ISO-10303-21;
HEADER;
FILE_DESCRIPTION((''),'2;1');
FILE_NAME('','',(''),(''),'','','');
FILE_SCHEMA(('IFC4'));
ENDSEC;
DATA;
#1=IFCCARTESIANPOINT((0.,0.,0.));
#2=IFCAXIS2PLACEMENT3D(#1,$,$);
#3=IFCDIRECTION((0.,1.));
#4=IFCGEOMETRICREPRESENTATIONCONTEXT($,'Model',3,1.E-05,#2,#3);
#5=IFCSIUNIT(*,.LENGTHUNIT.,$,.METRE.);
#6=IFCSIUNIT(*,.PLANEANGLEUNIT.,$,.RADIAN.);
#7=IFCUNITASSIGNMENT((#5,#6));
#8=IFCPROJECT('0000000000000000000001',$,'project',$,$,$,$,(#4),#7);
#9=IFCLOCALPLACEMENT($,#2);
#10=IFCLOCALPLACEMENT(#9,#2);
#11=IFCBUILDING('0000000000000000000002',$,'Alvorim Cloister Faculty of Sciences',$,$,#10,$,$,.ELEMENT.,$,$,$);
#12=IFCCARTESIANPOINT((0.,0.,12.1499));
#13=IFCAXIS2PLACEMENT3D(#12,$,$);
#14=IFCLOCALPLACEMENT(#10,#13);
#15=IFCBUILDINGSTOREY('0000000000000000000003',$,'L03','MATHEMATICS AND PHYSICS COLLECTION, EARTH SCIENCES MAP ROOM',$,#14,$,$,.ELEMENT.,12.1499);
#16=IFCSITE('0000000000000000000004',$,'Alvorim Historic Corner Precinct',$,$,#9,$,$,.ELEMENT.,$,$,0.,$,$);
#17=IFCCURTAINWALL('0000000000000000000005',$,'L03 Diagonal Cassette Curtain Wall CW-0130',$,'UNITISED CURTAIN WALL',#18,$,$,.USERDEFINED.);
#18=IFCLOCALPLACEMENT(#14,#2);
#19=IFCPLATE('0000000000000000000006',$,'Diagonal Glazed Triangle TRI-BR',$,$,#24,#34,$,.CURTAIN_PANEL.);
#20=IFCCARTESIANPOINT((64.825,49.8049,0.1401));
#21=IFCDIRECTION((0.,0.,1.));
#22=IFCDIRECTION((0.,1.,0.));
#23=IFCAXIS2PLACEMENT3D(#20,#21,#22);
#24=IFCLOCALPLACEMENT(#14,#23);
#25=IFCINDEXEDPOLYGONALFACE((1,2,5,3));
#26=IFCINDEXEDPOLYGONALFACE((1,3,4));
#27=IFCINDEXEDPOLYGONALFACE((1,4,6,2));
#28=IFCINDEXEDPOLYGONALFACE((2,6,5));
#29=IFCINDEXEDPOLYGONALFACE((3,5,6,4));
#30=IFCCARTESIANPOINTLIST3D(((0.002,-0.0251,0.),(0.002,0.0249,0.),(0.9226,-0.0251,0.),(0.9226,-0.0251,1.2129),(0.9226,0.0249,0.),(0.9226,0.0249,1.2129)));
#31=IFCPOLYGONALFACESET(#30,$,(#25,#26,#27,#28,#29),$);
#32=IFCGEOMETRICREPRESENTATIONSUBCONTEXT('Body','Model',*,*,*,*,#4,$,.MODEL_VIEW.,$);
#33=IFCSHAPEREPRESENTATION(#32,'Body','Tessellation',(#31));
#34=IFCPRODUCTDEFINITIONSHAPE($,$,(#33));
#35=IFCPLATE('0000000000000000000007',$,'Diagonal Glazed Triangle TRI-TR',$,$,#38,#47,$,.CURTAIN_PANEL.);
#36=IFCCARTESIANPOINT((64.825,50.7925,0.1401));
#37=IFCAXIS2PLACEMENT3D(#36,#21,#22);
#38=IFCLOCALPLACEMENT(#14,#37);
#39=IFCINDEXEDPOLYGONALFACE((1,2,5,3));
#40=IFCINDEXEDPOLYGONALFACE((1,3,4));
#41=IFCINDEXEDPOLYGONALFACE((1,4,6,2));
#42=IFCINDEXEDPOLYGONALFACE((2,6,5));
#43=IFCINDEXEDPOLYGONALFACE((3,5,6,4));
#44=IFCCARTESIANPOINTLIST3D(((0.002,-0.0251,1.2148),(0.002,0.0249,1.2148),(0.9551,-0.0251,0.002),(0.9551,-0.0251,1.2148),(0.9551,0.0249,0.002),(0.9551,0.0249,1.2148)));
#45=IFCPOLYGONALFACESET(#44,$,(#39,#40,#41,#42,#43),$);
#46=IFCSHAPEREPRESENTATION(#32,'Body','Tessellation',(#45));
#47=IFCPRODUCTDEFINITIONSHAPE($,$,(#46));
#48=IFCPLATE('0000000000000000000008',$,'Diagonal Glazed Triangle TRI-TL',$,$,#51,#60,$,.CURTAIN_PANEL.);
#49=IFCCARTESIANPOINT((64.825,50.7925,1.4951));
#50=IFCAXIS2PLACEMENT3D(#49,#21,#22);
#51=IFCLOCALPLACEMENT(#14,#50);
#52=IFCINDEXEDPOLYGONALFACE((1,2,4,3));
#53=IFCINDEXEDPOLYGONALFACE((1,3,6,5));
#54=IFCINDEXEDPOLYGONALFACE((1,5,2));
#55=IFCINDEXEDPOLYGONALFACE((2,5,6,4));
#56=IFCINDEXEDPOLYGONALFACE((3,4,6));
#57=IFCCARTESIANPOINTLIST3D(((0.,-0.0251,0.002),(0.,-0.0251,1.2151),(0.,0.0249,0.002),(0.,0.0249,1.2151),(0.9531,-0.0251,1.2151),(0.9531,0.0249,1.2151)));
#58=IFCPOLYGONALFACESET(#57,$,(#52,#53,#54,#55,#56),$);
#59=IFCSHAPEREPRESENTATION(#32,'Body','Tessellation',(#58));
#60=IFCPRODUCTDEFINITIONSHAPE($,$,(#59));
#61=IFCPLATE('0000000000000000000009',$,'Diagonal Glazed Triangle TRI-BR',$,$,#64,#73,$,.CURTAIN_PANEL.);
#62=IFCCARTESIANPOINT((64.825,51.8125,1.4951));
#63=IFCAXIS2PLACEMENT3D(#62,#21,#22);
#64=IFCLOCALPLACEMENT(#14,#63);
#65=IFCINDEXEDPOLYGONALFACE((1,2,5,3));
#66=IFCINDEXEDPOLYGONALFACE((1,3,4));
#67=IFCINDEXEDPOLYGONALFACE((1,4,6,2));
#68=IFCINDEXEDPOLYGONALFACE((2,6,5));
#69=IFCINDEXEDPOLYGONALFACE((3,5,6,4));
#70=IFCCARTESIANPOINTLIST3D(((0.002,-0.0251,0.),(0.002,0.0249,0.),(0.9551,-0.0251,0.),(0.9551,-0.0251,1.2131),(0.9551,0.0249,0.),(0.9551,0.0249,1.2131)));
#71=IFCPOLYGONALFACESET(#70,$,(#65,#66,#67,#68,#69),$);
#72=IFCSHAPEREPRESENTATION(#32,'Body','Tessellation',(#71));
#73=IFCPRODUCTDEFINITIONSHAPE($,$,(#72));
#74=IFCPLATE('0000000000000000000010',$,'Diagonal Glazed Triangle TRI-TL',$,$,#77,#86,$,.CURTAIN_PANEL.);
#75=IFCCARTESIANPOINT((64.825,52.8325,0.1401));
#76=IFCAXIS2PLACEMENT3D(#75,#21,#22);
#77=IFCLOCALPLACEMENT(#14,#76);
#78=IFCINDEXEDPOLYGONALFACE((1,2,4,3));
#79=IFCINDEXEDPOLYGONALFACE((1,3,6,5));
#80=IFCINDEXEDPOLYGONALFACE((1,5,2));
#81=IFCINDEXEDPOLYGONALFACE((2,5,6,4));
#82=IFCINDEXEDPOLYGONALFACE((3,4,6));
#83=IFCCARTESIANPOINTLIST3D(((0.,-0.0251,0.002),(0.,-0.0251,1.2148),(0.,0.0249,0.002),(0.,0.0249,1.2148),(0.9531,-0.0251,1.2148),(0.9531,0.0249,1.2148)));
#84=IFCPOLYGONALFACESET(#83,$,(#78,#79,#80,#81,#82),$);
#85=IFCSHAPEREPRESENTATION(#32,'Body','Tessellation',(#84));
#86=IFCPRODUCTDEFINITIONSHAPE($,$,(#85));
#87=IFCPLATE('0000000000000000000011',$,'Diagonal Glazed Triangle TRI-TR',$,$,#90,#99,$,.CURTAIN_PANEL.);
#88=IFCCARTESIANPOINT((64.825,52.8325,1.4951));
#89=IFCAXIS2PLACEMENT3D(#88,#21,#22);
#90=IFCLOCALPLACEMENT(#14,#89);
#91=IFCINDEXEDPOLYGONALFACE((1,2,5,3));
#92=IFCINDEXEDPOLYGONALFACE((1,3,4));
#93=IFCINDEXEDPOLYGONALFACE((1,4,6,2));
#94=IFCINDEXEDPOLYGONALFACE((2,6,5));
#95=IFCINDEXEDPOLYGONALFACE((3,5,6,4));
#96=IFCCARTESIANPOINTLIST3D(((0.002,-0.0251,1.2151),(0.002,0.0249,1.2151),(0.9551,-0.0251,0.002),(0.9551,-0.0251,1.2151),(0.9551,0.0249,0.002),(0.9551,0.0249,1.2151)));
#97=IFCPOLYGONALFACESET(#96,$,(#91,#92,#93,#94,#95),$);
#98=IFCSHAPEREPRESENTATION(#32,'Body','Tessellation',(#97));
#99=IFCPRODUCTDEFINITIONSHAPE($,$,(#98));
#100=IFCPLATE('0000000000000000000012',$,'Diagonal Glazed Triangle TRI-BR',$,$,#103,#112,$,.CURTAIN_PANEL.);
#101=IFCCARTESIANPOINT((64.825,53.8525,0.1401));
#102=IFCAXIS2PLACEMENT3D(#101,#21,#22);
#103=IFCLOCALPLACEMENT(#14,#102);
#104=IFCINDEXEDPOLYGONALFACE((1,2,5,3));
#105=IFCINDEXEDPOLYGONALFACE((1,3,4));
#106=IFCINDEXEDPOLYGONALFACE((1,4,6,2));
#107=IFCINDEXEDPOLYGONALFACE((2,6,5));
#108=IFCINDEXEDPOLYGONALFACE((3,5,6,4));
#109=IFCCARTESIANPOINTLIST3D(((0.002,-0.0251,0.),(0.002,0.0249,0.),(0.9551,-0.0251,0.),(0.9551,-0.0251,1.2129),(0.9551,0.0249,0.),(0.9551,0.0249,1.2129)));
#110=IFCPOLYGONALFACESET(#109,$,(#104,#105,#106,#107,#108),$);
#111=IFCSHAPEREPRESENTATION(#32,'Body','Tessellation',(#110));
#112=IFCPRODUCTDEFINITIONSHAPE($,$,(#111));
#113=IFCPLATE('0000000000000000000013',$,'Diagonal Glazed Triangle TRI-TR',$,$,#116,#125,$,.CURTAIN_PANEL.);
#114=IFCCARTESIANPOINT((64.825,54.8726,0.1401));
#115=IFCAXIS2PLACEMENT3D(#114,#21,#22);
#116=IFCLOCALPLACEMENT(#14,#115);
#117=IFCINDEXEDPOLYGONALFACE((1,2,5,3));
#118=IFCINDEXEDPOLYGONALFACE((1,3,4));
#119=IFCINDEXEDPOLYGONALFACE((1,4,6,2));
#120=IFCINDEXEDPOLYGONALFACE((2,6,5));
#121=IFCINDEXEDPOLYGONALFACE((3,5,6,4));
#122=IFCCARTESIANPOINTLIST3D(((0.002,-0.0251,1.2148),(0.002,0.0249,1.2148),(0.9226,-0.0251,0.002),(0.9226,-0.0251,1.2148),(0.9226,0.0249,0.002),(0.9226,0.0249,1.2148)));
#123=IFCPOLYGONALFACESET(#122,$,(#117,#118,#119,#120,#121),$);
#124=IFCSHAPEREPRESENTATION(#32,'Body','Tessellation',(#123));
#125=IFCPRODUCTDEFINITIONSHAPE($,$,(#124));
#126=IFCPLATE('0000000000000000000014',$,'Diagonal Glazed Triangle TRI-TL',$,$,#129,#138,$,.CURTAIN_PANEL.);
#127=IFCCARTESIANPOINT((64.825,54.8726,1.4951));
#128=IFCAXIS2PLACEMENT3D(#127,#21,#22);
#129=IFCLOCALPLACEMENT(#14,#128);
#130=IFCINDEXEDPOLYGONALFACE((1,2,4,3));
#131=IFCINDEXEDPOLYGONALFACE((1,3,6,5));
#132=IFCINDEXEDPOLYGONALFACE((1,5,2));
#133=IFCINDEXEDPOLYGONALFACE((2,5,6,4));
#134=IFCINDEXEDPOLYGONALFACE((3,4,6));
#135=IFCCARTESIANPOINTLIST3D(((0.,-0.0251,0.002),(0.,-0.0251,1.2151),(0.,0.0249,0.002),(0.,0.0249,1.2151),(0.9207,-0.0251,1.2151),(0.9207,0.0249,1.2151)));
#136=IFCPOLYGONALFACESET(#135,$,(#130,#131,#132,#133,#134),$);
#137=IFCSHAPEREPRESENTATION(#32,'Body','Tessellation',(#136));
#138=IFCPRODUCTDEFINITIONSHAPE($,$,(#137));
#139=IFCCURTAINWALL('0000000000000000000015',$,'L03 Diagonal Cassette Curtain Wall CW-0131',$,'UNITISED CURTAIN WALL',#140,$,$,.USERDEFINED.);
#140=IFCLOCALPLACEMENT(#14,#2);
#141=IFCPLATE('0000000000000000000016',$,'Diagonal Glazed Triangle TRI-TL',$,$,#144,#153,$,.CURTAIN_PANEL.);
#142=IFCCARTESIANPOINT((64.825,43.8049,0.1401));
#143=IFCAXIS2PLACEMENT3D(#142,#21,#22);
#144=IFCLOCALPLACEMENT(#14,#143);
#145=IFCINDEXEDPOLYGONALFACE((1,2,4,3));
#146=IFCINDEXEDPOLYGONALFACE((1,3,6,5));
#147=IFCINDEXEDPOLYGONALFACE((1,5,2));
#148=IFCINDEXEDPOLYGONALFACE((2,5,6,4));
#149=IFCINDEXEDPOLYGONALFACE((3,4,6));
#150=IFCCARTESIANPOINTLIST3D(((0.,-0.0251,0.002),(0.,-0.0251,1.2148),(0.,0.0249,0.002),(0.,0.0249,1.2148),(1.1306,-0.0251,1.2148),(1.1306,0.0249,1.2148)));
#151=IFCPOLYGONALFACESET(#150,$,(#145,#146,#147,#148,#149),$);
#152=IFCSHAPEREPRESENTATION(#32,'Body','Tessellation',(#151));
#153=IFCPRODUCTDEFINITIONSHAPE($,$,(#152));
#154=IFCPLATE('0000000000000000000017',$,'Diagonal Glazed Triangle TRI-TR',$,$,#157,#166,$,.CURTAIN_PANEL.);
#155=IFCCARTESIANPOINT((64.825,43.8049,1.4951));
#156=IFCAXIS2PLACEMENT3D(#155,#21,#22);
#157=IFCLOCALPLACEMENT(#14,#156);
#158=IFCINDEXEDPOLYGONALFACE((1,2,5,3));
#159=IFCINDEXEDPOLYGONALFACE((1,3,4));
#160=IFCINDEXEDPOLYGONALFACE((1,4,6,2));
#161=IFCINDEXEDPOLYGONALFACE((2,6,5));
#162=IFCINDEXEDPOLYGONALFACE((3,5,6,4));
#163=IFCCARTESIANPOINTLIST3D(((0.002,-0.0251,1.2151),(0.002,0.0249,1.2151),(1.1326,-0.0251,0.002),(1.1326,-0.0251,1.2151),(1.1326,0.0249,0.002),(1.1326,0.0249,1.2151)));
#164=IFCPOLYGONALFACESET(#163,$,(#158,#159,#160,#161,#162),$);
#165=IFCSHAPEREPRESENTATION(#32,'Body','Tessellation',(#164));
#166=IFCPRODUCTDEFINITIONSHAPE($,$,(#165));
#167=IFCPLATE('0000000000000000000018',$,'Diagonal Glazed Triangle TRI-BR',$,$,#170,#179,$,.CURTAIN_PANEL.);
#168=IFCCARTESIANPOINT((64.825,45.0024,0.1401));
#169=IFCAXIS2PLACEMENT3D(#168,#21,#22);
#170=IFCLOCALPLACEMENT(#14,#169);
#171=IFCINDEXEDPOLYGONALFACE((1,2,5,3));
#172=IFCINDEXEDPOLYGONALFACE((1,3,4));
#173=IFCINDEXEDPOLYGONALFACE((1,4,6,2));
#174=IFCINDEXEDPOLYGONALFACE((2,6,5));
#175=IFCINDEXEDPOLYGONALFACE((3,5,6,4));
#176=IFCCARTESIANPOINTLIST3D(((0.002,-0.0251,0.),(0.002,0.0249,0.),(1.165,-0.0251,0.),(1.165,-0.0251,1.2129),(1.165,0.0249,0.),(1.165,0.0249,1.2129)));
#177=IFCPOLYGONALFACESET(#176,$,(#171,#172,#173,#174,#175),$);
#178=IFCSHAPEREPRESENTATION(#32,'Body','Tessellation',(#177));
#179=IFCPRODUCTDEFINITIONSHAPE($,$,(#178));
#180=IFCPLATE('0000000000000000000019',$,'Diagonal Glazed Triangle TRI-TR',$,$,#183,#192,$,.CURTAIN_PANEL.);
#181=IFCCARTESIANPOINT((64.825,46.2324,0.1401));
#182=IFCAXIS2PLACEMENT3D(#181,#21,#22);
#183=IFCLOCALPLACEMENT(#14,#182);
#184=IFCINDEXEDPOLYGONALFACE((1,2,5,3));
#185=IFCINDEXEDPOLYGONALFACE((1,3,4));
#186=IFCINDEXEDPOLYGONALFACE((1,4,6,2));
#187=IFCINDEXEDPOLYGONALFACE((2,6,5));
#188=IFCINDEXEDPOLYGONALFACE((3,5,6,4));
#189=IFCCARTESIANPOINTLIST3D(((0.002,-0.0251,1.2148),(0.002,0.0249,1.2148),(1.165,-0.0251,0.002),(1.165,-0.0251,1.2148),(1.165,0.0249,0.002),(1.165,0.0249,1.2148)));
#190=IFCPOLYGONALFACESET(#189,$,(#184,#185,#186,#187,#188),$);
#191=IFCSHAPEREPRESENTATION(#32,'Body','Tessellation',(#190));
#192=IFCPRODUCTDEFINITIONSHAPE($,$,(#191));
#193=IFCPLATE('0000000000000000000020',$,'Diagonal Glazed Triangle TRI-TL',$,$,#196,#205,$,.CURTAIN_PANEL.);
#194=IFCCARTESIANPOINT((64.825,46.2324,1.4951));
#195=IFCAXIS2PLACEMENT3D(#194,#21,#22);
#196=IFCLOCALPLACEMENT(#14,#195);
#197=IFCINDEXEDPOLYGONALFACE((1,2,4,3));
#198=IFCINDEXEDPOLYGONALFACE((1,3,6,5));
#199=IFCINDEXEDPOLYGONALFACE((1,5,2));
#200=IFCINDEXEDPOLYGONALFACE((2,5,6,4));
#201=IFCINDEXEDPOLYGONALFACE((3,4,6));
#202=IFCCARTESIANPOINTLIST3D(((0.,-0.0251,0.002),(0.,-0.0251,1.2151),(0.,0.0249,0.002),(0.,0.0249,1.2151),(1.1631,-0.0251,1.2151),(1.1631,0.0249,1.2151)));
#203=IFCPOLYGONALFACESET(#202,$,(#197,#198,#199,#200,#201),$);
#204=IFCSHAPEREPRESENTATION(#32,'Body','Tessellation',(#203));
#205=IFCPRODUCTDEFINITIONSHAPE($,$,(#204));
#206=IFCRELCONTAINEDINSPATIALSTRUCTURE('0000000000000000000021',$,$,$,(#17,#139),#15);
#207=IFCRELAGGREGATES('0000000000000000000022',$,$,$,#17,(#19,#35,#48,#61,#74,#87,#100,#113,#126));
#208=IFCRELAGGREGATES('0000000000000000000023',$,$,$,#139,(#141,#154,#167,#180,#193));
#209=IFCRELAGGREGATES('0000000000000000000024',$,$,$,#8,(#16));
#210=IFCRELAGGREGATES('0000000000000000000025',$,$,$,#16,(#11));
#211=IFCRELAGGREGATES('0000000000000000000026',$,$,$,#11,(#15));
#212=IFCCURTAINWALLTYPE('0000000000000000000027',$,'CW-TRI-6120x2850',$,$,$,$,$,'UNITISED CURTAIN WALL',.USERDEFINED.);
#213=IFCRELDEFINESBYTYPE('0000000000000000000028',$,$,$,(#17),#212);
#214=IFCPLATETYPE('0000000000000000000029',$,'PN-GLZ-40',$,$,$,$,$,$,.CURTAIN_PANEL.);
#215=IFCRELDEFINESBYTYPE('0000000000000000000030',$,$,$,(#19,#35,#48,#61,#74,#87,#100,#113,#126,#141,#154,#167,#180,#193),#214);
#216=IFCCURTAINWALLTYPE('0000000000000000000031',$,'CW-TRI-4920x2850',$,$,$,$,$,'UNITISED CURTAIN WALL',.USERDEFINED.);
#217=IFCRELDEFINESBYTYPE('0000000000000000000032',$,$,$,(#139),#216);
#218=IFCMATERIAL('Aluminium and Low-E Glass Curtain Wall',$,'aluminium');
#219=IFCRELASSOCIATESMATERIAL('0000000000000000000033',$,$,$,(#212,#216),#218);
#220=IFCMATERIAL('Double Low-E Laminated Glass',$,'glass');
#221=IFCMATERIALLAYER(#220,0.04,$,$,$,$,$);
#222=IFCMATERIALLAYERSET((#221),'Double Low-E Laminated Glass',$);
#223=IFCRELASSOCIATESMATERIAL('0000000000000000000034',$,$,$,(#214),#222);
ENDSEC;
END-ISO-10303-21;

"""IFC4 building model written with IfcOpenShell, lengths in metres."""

from ifc_helpers import new_model, si_unit, direction, frame, origin, place, context, subcontext, project, spatial, polyline, outline, extrude, material, layer, layer_set, type_object, element, aggregate, save


model = new_model("IFC4")

# Units and contexts
model_context = context("Model", 3, precision=1e-05, world=origin(), true_north=direction((0.0, 1.0)))
body_context = subcontext(model_context, "Body", "Model", "MODEL_VIEW")
ifc_project = project(units=[si_unit("LENGTHUNIT", "METRE"), si_unit("PLANEANGLEUNIT", "RADIAN")], contexts=[model_context])

# Site, building, storey
site_placement = place(None, origin())
site = spatial("IfcSite", under=ifc_project, at=site_placement, Name="Alvorim Historic Corner Precinct", CompositionType="ELEMENT", RefElevation=0.0)
building_placement = place(site_placement, origin())
building = spatial("IfcBuilding", under=site, at=building_placement, Name="Alvorim Cloister Faculty of Sciences", CompositionType="ELEMENT")
storey_placement = place(building_placement, frame((0.0, 0.0, 12.1499)))
storey = spatial("IfcBuildingStorey", under=building, at=storey_placement, Name="L03", Description="MATHEMATICS AND PHYSICS COLLECTION, EARTH SCIENCES MAP ROOM", CompositionType="ELEMENT", Elevation=12.1499)

# Curtain walls, plates
ifc_material_1 = material(Name="Aluminium and Low-E Glass Curtain Wall", Category="aluminium")
curtain_wall_type_1 = type_object("IfcCurtainWallType", Name="CW-TRI-6120x2850", ElementType="UNITISED CURTAIN WALL", PredefinedType="USERDEFINED", material=ifc_material_1)
curtain_wall_1_placement = place(storey_placement, origin())
curtain_wall_1 = element("IfcCurtainWall", 1, at=curtain_wall_1_placement, inside=storey, type_object=curtain_wall_type_1, Name="L03 Diagonal Cassette Curtain Wall CW-0130", ObjectType="UNITISED CURTAIN WALL", PredefinedType="USERDEFINED")
ifc_material_2 = material(Name="Double Low-E Laminated Glass", Category="glass")
ifc_layer_1 = layer(ifc_material_2, 0.04)
ifc_layer_set_1 = layer_set([ifc_layer_1], Name="Double Low-E Laminated Glass")
plate_type = type_object("IfcPlateType", Name="PN-GLZ-40", PredefinedType="CURTAIN_PANEL", material=ifc_layer_set_1)
plate_1_placement = place(storey_placement, frame((64.825, 49.8049, 0.1401), z_axis=(0.0, 0.0, 1.0), x_axis=(0.0, 1.0, 0.0)))
plate_1 = element("IfcPlate", 2, at=plate_1_placement, type_object=plate_type, Name="Diagonal Glazed Triangle TRI-BR", PredefinedType="CURTAIN_PANEL", context=body_context, shape_type="SweptSolid", body=[
    extrude(outline(polyline([(0.002, 0.0), (0.9226, 0.0), (0.9226, 1.2129), (0.002, 0.0)])), frame((0.0, 0.0249, 0.0), z_axis=(0.0, -1.0, 0.0), x_axis=(1.0, 0.0, 0.0)), (0.0, 0.0, 1.0), 0.05),
])
plate_2_placement = place(storey_placement, frame((64.825, 50.7925, 0.1401), z_axis=(0.0, 0.0, 1.0), x_axis=(0.0, 1.0, 0.0)))
plate_2 = element("IfcPlate", 3, at=plate_2_placement, type_object=plate_type, Name="Diagonal Glazed Triangle TRI-TR", PredefinedType="CURTAIN_PANEL", context=body_context, shape_type="SweptSolid", body=[
    extrude(outline(polyline([(0.9551, 0.002), (0.9551, 1.2148), (0.002, 1.2148), (0.9551, 0.002)])), frame((0.0, 0.0249, 0.0), z_axis=(0.0, -1.0, 0.0), x_axis=(1.0, 0.0, 0.0)), (0.0, 0.0, 1.0), 0.05),
])
plate_3_placement = place(storey_placement, frame((64.825, 50.7925, 1.4951), z_axis=(0.0, 0.0, 1.0), x_axis=(0.0, 1.0, 0.0)))
plate_3 = element("IfcPlate", 4, at=plate_3_placement, type_object=plate_type, Name="Diagonal Glazed Triangle TRI-TL", PredefinedType="CURTAIN_PANEL", context=body_context, shape_type="SweptSolid", body=[
    extrude(outline(polyline([(0.9531, 1.2151), (0.0, 1.2151), (0.0, 0.002), (0.9531, 1.2151)])), frame((0.0, 0.0249, 0.0), z_axis=(0.0, -1.0, 0.0), x_axis=(1.0, 0.0, 0.0)), (0.0, 0.0, 1.0), 0.05),
])
plate_4_placement = place(storey_placement, frame((64.825, 51.8125, 1.4951), z_axis=(0.0, 0.0, 1.0), x_axis=(0.0, 1.0, 0.0)))
plate_4 = element("IfcPlate", 5, at=plate_4_placement, type_object=plate_type, Name="Diagonal Glazed Triangle TRI-BR", PredefinedType="CURTAIN_PANEL", context=body_context, shape_type="SweptSolid", body=[
    extrude(outline(polyline([(0.002, 0.0), (0.9551, 0.0), (0.9551, 1.2131), (0.002, 0.0)])), frame((0.0, 0.0249, 0.0), z_axis=(0.0, -1.0, 0.0), x_axis=(1.0, 0.0, 0.0)), (0.0, 0.0, 1.0), 0.05),
])
plate_5_placement = place(storey_placement, frame((64.825, 52.8325, 0.1401), z_axis=(0.0, 0.0, 1.0), x_axis=(0.0, 1.0, 0.0)))
plate_5 = element("IfcPlate", 6, at=plate_5_placement, type_object=plate_type, Name="Diagonal Glazed Triangle TRI-TL", PredefinedType="CURTAIN_PANEL", context=body_context, shape_type="SweptSolid", body=[
    extrude(outline(polyline([(0.9531, 1.2148), (0.0, 1.2148), (0.0, 0.002), (0.9531, 1.2148)])), frame((0.0, 0.0249, 0.0), z_axis=(0.0, -1.0, 0.0), x_axis=(1.0, 0.0, 0.0)), (0.0, 0.0, 1.0), 0.05),
])
plate_6_placement = place(storey_placement, frame((64.825, 52.8325, 1.4951), z_axis=(0.0, 0.0, 1.0), x_axis=(0.0, 1.0, 0.0)))
plate_6 = element("IfcPlate", 7, at=plate_6_placement, type_object=plate_type, Name="Diagonal Glazed Triangle TRI-TR", PredefinedType="CURTAIN_PANEL", context=body_context, shape_type="SweptSolid", body=[
    extrude(outline(polyline([(0.9551, 0.002), (0.9551, 1.2151), (0.002, 1.2151), (0.9551, 0.002)])), frame((0.0, 0.0249, 0.0), z_axis=(0.0, -1.0, 0.0), x_axis=(1.0, 0.0, 0.0)), (0.0, 0.0, 1.0), 0.05),
])
plate_7_placement = place(storey_placement, frame((64.825, 53.8525, 0.1401), z_axis=(0.0, 0.0, 1.0), x_axis=(0.0, 1.0, 0.0)))
plate_7 = element("IfcPlate", 8, at=plate_7_placement, type_object=plate_type, Name="Diagonal Glazed Triangle TRI-BR", PredefinedType="CURTAIN_PANEL", context=body_context, shape_type="SweptSolid", body=[
    extrude(outline(polyline([(0.002, 0.0), (0.9551, 0.0), (0.9551, 1.2129), (0.002, 0.0)])), frame((0.0, 0.0249, 0.0), z_axis=(0.0, -1.0, 0.0), x_axis=(1.0, 0.0, 0.0)), (0.0, 0.0, 1.0), 0.05),
])
plate_8_placement = place(storey_placement, frame((64.825, 54.8726, 0.1401), z_axis=(0.0, 0.0, 1.0), x_axis=(0.0, 1.0, 0.0)))
plate_8 = element("IfcPlate", 9, at=plate_8_placement, type_object=plate_type, Name="Diagonal Glazed Triangle TRI-TR", PredefinedType="CURTAIN_PANEL", context=body_context, shape_type="SweptSolid", body=[
    extrude(outline(polyline([(0.9226, 0.002), (0.9226, 1.2148), (0.002, 1.2148), (0.9226, 0.002)])), frame((0.0, 0.0249, 0.0), z_axis=(0.0, -1.0, 0.0), x_axis=(1.0, 0.0, 0.0)), (0.0, 0.0, 1.0), 0.05),
])
plate_9_placement = place(storey_placement, frame((64.825, 54.8726, 1.4951), z_axis=(0.0, 0.0, 1.0), x_axis=(0.0, 1.0, 0.0)))
plate_9 = element("IfcPlate", 10, at=plate_9_placement, type_object=plate_type, Name="Diagonal Glazed Triangle TRI-TL", PredefinedType="CURTAIN_PANEL", context=body_context, shape_type="SweptSolid", body=[
    extrude(outline(polyline([(0.9207, 1.2151), (0.0, 1.2151), (0.0, 0.002), (0.9207, 1.2151)])), frame((0.0, 0.0249, 0.0), z_axis=(0.0, -1.0, 0.0), x_axis=(1.0, 0.0, 0.0)), (0.0, 0.0, 1.0), 0.05),
])
aggregate(curtain_wall_1, [plate_1, plate_2, plate_3, plate_4, plate_5, plate_6, plate_7, plate_8, plate_9])
curtain_wall_type_2 = type_object("IfcCurtainWallType", Name="CW-TRI-4920x2850", ElementType="UNITISED CURTAIN WALL", PredefinedType="USERDEFINED", material=ifc_material_1)
curtain_wall_2_placement = place(storey_placement, origin())
curtain_wall_2 = element("IfcCurtainWall", 11, at=curtain_wall_2_placement, inside=storey, type_object=curtain_wall_type_2, Name="L03 Diagonal Cassette Curtain Wall CW-0131", ObjectType="UNITISED CURTAIN WALL", PredefinedType="USERDEFINED")
plate_10_placement = place(storey_placement, frame((64.825, 43.8049, 0.1401), z_axis=(0.0, 0.0, 1.0), x_axis=(0.0, 1.0, 0.0)))
plate_10 = element("IfcPlate", 12, at=plate_10_placement, type_object=plate_type, Name="Diagonal Glazed Triangle TRI-TL", PredefinedType="CURTAIN_PANEL", context=body_context, shape_type="SweptSolid", body=[
    extrude(outline(polyline([(1.1306, 1.2148), (0.0, 1.2148), (0.0, 0.002), (1.1306, 1.2148)])), frame((0.0, 0.0249, 0.0), z_axis=(0.0, -1.0, 0.0), x_axis=(1.0, 0.0, 0.0)), (0.0, 0.0, 1.0), 0.05),
])
plate_11_placement = place(storey_placement, frame((64.825, 43.8049, 1.4951), z_axis=(0.0, 0.0, 1.0), x_axis=(0.0, 1.0, 0.0)))
plate_11 = element("IfcPlate", 13, at=plate_11_placement, type_object=plate_type, Name="Diagonal Glazed Triangle TRI-TR", PredefinedType="CURTAIN_PANEL", context=body_context, shape_type="SweptSolid", body=[
    extrude(outline(polyline([(1.1326, 0.002), (1.1326, 1.2151), (0.002, 1.2151), (1.1326, 0.002)])), frame((0.0, 0.0249, 0.0), z_axis=(0.0, -1.0, 0.0), x_axis=(1.0, 0.0, 0.0)), (0.0, 0.0, 1.0), 0.05),
])
plate_12_placement = place(storey_placement, frame((64.825, 45.0024, 0.1401), z_axis=(0.0, 0.0, 1.0), x_axis=(0.0, 1.0, 0.0)))
plate_12 = element("IfcPlate", 14, at=plate_12_placement, type_object=plate_type, Name="Diagonal Glazed Triangle TRI-BR", PredefinedType="CURTAIN_PANEL", context=body_context, shape_type="SweptSolid", body=[
    extrude(outline(polyline([(0.002, 0.0), (1.165, 0.0), (1.165, 1.2129), (0.002, 0.0)])), frame((0.0, 0.0249, 0.0), z_axis=(0.0, -1.0, 0.0), x_axis=(1.0, 0.0, 0.0)), (0.0, 0.0, 1.0), 0.05),
])
plate_13_placement = place(storey_placement, frame((64.825, 46.2324, 0.1401), z_axis=(0.0, 0.0, 1.0), x_axis=(0.0, 1.0, 0.0)))
plate_13 = element("IfcPlate", 15, at=plate_13_placement, type_object=plate_type, Name="Diagonal Glazed Triangle TRI-TR", PredefinedType="CURTAIN_PANEL", context=body_context, shape_type="SweptSolid", body=[
    extrude(outline(polyline([(1.165, 0.002), (1.165, 1.2148), (0.002, 1.2148), (1.165, 0.002)])), frame((0.0, 0.0249, 0.0), z_axis=(0.0, -1.0, 0.0), x_axis=(1.0, 0.0, 0.0)), (0.0, 0.0, 1.0), 0.05),
])
plate_14_placement = place(storey_placement, frame((64.825, 46.2324, 1.4951), z_axis=(0.0, 0.0, 1.0), x_axis=(0.0, 1.0, 0.0)))
plate_14 = element("IfcPlate", 16, at=plate_14_placement, type_object=plate_type, Name="Diagonal Glazed Triangle TRI-TL", PredefinedType="CURTAIN_PANEL", context=body_context, shape_type="SweptSolid", body=[
    extrude(outline(polyline([(1.1631, 1.2151), (0.0, 1.2151), (0.0, 0.002), (1.1631, 1.2151)])), frame((0.0, 0.0249, 0.0), z_axis=(0.0, -1.0, 0.0), x_axis=(1.0, 0.0, 0.0)), (0.0, 0.0, 1.0), 0.05),
])
aggregate(curtain_wall_2, [plate_10, plate_11, plate_12, plate_13, plate_14])

save(model, "model.ifc")
